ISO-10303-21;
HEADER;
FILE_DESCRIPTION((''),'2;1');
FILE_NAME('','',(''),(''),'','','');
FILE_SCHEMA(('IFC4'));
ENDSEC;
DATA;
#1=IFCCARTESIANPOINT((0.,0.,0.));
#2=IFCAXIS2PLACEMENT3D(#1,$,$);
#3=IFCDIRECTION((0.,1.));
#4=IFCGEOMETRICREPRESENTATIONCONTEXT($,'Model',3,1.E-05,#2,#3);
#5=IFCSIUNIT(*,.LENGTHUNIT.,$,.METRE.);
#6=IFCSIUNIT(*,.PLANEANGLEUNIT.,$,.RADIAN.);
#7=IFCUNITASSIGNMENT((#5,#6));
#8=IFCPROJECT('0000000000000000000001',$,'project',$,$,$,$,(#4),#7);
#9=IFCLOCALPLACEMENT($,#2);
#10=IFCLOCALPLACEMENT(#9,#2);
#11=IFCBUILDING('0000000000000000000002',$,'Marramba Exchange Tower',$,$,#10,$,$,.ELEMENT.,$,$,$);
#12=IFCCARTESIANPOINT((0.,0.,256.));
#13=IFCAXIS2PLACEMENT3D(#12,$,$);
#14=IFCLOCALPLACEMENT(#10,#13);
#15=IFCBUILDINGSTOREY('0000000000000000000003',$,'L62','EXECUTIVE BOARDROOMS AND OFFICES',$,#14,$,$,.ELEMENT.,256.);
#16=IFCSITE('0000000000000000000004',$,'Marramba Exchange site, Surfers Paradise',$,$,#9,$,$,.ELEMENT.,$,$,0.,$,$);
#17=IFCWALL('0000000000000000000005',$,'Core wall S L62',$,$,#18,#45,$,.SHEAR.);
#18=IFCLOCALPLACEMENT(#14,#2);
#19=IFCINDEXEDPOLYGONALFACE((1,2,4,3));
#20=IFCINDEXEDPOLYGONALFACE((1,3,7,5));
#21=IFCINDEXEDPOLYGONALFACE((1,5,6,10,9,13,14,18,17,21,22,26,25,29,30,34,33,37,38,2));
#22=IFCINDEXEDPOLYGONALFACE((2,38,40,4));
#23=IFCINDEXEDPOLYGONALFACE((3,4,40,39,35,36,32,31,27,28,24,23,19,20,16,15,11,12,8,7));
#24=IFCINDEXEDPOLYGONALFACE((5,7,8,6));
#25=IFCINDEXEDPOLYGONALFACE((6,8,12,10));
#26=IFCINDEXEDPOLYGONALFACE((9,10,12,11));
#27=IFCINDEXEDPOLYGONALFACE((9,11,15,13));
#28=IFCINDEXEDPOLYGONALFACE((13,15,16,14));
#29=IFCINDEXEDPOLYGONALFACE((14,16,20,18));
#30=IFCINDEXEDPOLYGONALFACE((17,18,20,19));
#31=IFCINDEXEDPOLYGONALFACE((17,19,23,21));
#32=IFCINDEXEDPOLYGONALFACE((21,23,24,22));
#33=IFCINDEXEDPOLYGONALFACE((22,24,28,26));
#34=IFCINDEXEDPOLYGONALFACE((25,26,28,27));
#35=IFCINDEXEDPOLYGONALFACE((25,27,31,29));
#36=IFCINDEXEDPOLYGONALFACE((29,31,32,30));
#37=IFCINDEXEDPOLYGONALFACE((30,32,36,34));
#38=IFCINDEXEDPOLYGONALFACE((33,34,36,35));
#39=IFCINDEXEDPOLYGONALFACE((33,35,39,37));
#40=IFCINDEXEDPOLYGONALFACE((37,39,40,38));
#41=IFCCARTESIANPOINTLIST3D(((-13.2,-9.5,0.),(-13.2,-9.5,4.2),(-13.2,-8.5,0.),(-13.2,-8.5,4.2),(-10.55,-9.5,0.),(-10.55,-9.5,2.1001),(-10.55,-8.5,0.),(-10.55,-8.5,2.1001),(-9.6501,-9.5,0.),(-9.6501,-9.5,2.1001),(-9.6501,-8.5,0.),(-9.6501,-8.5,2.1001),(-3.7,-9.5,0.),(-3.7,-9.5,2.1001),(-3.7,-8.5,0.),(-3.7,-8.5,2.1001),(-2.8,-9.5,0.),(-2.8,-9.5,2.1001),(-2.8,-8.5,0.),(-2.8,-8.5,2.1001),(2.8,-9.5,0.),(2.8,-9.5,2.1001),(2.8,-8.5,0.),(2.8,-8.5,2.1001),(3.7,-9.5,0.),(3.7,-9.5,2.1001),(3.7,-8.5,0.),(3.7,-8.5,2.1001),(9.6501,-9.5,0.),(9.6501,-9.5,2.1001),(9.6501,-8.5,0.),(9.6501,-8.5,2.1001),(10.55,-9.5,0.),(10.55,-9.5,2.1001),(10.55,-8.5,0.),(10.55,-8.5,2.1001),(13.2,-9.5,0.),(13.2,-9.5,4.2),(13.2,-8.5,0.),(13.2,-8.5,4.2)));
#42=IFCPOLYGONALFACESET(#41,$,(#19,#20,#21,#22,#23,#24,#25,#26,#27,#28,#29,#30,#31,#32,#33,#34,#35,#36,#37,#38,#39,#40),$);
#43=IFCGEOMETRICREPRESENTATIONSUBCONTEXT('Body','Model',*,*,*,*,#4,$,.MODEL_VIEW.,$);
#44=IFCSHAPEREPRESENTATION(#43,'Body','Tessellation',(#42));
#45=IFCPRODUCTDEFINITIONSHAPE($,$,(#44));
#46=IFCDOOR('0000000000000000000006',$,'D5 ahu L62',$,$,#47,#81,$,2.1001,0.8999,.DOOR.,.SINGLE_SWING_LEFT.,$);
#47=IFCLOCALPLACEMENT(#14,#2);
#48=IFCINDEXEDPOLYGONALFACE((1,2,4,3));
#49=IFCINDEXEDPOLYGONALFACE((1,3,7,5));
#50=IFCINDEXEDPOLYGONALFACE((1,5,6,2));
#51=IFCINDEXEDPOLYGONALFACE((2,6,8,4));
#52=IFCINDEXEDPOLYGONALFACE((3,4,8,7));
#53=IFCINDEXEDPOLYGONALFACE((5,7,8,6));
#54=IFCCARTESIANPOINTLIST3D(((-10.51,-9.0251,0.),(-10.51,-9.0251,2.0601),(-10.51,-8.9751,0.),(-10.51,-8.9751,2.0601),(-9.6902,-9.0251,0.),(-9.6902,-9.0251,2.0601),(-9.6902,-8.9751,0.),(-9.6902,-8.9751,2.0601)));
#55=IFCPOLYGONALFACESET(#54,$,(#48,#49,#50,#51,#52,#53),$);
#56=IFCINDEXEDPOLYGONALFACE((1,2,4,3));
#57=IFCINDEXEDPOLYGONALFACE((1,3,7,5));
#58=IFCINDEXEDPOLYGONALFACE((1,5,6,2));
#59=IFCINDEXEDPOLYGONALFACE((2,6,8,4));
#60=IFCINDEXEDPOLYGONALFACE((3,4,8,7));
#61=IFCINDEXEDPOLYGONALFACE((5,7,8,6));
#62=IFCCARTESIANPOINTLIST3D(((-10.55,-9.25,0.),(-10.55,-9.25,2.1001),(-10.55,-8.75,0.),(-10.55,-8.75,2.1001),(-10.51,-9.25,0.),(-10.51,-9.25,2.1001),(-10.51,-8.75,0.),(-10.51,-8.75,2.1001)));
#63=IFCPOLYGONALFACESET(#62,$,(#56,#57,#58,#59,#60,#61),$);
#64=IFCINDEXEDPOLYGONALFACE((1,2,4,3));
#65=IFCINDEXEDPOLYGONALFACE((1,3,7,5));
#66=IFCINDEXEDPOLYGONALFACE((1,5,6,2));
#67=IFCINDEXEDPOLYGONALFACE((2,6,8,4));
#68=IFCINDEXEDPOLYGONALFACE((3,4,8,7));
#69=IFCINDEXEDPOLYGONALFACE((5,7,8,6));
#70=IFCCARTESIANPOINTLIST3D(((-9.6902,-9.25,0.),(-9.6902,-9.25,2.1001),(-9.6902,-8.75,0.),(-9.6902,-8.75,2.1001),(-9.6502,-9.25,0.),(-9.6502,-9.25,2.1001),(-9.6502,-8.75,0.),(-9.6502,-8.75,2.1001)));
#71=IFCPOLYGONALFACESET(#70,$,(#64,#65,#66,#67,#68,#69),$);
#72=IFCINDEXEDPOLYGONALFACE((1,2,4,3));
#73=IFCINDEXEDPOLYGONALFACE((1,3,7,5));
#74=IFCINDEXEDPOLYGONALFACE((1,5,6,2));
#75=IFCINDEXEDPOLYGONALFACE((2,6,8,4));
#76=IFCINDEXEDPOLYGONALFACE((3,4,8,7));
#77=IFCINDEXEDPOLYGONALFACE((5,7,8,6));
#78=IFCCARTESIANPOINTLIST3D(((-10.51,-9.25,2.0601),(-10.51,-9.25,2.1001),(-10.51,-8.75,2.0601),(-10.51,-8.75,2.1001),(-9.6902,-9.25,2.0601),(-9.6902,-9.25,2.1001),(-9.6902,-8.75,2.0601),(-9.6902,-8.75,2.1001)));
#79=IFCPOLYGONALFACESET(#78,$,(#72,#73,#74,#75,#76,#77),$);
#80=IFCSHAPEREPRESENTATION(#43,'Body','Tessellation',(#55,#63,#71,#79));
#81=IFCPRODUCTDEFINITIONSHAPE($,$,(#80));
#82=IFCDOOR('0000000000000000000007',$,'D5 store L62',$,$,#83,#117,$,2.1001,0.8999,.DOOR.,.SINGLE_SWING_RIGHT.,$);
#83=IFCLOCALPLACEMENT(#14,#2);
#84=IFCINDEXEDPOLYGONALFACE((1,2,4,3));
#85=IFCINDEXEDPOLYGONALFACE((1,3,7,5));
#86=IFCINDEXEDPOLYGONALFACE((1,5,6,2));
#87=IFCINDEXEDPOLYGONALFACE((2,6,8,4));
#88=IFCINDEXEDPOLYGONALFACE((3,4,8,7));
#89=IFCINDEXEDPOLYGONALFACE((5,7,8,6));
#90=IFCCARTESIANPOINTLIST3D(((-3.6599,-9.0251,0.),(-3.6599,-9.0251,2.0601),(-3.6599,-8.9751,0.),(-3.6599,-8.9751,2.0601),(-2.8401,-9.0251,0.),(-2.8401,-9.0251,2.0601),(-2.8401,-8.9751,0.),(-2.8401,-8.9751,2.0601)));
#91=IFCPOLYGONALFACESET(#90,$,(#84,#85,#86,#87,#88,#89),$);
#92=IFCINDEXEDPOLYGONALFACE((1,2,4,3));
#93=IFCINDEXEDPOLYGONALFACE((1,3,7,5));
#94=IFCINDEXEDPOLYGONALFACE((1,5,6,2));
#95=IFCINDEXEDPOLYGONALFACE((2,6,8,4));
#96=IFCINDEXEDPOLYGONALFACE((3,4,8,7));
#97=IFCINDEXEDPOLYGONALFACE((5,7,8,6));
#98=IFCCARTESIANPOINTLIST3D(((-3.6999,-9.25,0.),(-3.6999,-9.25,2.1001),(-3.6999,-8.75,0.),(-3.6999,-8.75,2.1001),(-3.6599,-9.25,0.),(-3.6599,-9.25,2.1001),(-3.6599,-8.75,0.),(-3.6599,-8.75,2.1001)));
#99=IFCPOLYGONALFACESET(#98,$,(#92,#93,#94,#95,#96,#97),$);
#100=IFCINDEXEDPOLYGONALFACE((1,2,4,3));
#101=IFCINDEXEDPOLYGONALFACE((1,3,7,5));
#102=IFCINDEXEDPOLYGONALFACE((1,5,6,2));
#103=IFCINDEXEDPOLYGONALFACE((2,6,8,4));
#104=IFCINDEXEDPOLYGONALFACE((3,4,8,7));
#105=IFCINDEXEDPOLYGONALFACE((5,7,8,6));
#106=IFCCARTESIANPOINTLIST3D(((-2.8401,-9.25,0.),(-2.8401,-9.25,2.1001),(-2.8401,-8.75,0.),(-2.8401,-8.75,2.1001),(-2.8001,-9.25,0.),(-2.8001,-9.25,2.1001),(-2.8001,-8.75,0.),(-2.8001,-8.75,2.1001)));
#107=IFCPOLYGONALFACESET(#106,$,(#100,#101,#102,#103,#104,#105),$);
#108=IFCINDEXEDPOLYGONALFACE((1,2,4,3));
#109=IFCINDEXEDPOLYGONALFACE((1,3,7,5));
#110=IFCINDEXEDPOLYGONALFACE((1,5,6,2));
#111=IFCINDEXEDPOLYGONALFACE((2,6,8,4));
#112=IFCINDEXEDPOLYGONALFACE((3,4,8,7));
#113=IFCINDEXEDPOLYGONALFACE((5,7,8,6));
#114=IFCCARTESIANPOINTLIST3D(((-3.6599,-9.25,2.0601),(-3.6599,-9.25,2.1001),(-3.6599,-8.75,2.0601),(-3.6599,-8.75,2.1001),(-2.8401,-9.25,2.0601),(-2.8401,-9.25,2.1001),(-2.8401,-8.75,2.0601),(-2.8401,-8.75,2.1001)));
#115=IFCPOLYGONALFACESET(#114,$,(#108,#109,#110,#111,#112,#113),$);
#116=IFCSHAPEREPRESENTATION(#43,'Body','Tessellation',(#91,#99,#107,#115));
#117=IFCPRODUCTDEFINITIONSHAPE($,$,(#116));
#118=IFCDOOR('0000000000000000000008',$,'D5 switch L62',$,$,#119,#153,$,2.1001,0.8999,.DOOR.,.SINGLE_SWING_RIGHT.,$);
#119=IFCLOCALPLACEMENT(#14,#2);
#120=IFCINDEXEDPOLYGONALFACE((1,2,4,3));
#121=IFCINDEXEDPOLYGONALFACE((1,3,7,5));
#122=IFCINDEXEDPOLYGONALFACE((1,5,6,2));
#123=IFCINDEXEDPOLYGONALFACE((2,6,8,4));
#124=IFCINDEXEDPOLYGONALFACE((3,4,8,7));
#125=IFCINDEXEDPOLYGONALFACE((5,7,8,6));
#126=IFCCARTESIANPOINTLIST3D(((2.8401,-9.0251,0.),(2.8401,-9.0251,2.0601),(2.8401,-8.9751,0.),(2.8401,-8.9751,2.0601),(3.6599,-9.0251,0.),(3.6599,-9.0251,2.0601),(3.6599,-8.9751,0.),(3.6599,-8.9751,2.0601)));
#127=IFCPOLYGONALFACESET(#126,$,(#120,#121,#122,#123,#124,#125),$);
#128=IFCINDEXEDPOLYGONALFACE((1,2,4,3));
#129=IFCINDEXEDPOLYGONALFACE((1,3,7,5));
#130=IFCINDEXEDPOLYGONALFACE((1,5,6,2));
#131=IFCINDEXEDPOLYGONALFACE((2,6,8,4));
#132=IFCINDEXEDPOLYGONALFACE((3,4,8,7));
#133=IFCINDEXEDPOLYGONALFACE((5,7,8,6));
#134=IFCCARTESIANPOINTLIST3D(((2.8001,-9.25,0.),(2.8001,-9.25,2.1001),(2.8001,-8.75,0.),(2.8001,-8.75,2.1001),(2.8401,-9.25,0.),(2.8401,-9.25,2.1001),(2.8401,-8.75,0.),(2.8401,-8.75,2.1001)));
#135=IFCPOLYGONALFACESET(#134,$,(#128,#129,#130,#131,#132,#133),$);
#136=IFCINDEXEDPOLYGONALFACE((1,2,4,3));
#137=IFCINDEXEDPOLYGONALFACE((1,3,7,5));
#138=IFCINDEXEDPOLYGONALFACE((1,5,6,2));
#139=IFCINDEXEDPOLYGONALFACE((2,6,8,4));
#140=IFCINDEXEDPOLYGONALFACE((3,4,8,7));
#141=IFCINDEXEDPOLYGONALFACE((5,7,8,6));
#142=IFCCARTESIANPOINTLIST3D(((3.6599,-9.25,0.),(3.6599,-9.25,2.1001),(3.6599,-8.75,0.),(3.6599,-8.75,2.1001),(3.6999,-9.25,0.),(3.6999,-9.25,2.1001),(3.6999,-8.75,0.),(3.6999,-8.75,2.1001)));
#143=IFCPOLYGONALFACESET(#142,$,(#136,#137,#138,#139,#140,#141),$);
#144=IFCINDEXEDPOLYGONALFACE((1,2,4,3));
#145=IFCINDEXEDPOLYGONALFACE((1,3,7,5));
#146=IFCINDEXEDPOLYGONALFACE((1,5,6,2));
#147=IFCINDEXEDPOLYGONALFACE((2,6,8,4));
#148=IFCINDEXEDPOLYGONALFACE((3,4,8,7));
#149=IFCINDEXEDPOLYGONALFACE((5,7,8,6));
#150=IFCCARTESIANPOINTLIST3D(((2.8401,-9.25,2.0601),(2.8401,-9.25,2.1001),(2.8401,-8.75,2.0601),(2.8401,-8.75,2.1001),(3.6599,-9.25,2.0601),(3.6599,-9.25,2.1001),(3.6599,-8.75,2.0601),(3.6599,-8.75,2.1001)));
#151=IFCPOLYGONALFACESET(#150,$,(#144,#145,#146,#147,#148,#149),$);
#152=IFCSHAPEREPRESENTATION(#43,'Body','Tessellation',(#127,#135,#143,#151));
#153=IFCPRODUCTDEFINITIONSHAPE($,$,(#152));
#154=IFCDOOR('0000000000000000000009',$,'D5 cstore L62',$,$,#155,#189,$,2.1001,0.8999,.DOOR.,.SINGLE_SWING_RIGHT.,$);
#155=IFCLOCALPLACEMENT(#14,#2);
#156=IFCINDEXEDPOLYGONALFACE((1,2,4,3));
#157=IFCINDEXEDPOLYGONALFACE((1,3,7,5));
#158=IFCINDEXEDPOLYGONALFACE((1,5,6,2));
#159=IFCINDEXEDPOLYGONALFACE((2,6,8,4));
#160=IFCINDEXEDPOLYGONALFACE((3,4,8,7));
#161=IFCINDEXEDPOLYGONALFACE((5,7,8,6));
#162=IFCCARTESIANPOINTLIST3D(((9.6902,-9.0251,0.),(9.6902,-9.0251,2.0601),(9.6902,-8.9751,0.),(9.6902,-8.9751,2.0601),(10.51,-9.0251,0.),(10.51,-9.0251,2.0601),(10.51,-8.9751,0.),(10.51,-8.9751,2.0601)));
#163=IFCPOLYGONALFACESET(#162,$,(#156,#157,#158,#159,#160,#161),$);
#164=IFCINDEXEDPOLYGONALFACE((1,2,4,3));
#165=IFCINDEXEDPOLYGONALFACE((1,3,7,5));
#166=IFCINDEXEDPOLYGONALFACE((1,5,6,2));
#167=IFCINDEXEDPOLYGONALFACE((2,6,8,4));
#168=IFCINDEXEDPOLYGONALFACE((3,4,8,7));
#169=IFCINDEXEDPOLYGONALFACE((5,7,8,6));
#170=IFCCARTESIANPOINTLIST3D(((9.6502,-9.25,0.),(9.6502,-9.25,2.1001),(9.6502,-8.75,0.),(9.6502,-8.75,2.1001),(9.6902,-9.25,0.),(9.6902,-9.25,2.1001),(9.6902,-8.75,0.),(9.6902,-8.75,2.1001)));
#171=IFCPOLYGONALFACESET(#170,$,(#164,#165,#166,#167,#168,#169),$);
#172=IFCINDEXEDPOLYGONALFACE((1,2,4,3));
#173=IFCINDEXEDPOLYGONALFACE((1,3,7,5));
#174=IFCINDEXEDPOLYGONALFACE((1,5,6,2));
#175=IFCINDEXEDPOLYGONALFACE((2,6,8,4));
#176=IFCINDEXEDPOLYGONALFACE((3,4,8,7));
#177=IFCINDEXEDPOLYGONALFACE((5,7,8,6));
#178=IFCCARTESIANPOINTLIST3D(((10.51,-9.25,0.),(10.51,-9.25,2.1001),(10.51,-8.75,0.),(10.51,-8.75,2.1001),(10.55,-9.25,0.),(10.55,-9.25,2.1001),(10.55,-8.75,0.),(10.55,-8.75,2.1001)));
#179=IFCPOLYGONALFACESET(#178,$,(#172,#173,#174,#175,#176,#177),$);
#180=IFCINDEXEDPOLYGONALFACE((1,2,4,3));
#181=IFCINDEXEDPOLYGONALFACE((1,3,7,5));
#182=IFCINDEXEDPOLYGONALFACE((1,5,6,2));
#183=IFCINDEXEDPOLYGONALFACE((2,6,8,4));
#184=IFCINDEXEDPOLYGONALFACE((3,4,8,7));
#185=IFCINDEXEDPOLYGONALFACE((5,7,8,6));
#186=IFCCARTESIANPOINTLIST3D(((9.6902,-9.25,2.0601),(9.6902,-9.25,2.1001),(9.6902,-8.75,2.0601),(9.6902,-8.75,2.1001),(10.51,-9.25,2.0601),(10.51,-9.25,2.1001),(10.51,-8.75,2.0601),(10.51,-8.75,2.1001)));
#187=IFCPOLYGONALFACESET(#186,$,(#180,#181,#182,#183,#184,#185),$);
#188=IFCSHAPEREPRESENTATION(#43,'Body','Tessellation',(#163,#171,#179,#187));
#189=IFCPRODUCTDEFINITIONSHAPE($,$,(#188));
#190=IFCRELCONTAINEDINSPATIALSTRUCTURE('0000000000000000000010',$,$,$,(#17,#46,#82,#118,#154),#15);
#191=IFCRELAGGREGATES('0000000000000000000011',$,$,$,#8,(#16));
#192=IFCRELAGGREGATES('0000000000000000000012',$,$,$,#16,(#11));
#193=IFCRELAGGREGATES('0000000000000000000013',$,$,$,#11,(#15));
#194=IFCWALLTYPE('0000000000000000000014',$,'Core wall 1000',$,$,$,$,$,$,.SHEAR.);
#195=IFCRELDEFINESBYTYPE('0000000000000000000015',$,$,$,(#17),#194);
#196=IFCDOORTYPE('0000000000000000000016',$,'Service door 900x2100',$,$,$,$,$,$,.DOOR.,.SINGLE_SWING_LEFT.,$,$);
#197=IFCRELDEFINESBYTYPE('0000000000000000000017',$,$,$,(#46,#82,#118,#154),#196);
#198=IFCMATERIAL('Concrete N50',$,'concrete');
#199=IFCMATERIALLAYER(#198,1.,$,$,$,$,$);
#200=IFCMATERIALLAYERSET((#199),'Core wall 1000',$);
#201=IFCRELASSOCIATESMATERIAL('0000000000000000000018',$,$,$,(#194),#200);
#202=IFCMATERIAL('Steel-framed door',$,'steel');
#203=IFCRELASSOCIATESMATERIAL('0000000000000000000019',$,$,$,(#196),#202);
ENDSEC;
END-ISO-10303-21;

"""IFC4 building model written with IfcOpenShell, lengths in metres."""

from ifc_helpers import new_model, si_unit, direction, frame, frame_2d, origin, place, context, subcontext, project, spatial, rectangle, extrude, material, layer, layer_set, type_object, element, fill, save


model = new_model("IFC4")

# Units and contexts
model_context = context("Model", 3, precision=1e-05, world=origin(), true_north=direction((0.0, 1.0)))
body_context = subcontext(model_context, "Body", "Model", "MODEL_VIEW")
ifc_project = project(units=[si_unit("LENGTHUNIT", "METRE"), si_unit("PLANEANGLEUNIT", "RADIAN")], contexts=[model_context])

# Site, building, storey
site_placement = place(None, origin())
site = spatial("IfcSite", under=ifc_project, at=site_placement, Name="Marramba Exchange site, Surfers Paradise", CompositionType="ELEMENT", RefElevation=0.0)
building_placement = place(site_placement, origin())
building = spatial("IfcBuilding", under=site, at=building_placement, Name="Marramba Exchange Tower", CompositionType="ELEMENT")
storey_placement = place(building_placement, frame((0.0, 0.0, 256.0)))
storey = spatial("IfcBuildingStorey", under=building, at=storey_placement, Name="L62", Description="EXECUTIVE BOARDROOMS AND OFFICES", CompositionType="ELEMENT", Elevation=256.0)

# Shared definitions
ifc_material_1 = material(Name="Concrete N50", Category="concrete")

# Wall, openings, doors
ifc_layer_1 = layer(ifc_material_1, 1.0)
ifc_layer_set_1 = layer_set([ifc_layer_1], Name="Core wall 1000")
wall_type = type_object("IfcWallType", Name="Core wall 1000", PredefinedType="SHEAR", material=ifc_layer_set_1)
wall_placement = place(storey_placement, frame((-13.2, -9.0, 0.0), z_axis=(0.0, 0.0, 1.0), x_axis=(1.0, 0.0, 0.0)))
wall = element("IfcWall", 1, at=wall_placement, inside=storey, type_object=wall_type, Name="Core wall S L62", PredefinedType="SHEAR", context=body_context, shape_type="SweptSolid", body=[
    extrude(rectangle(XDim=26.3999, YDim=1.0, at=frame_2d((13.2, 0.0))), origin(), (0.0, 0.0, 1.0), 4.2),
])
opening_1_placement = place(wall_placement, frame((2.6499, 0.0, 0.0)))
opening_1 = element("IfcOpeningElement", 2, at=opening_1_placement, cuts=wall, PredefinedType="OPENING", context=body_context, shape_type="SweptSolid", body=[
    extrude(rectangle(XDim=0.8999, YDim=2.1001, at=frame_2d((0.45, 1.05))), frame((0.0, 0.51, 0.0), z_axis=(0.0, -1.0, 0.0), x_axis=(1.0, 0.0, 0.0)), (0.0, 0.0, 1.0), 1.02),
])
opening_2_placement = place(wall_placement, frame((9.5, 0.0, 0.0)))
opening_2 = element("IfcOpeningElement", 3, at=opening_2_placement, cuts=wall, PredefinedType="OPENING", context=body_context, shape_type="SweptSolid", body=[
    extrude(rectangle(XDim=0.8999, YDim=2.1001, at=frame_2d((0.45, 1.05))), frame((0.0, 0.51, 0.0), z_axis=(0.0, -1.0, 0.0), x_axis=(1.0, 0.0, 0.0)), (0.0, 0.0, 1.0), 1.02),
])
opening_3_placement = place(wall_placement, frame((16.0, 0.0, 0.0)))
opening_3 = element("IfcOpeningElement", 4, at=opening_3_placement, cuts=wall, PredefinedType="OPENING", context=body_context, shape_type="SweptSolid", body=[
    extrude(rectangle(XDim=0.8999, YDim=2.1001, at=frame_2d((0.45, 1.05))), frame((0.0, 0.51, 0.0), z_axis=(0.0, -1.0, 0.0), x_axis=(1.0, 0.0, 0.0)), (0.0, 0.0, 1.0), 1.02),
])
opening_4_placement = place(wall_placement, frame((22.8501, 0.0, 0.0)))
opening_4 = element("IfcOpeningElement", 5, at=opening_4_placement, cuts=wall, PredefinedType="OPENING", context=body_context, shape_type="SweptSolid", body=[
    extrude(rectangle(XDim=0.8999, YDim=2.1001, at=frame_2d((0.45, 1.05))), frame((0.0, 0.51, 0.0), z_axis=(0.0, -1.0, 0.0), x_axis=(1.0, 0.0, 0.0)), (0.0, 0.0, 1.0), 1.02),
])
ifc_material_2 = material(Name="Steel-framed door", Category="steel")
door_type = type_object("IfcDoorType", Name="Service door 900x2100", OperationType="SINGLE_SWING_LEFT", PredefinedType="DOOR", material=ifc_material_2)
door_1_placement = place(opening_1_placement, origin())
door_1 = element("IfcDoor", 6, at=door_1_placement, inside=storey, type_object=door_type, Name="D5 ahu L62", OperationType="SINGLE_SWING_LEFT", OverallHeight=2.1001, OverallWidth=0.8999, PredefinedType="DOOR", context=body_context, shape_type="SweptSolid", body=[
    extrude(rectangle(XDim=0.8198, YDim=2.0601, at=frame_2d((0.45, 1.03))), frame((0.0, 0.0249, 0.0), z_axis=(0.0, -1.0, 0.0), x_axis=(1.0, 0.0, 0.0)), (0.0, 0.0, 1.0), 0.05),
    extrude(rectangle(XDim=0.04, YDim=2.1001, at=frame_2d((0.02, 1.05))), frame((0.0, 0.25, 0.0), z_axis=(0.0, -1.0, 0.0), x_axis=(1.0, 0.0, 0.0)), (0.0, 0.0, 1.0), 0.5),
    extrude(rectangle(XDim=0.04, YDim=2.1001, at=frame_2d((0.8799, 1.05))), frame((0.0, 0.25, 0.0), z_axis=(0.0, -1.0, 0.0), x_axis=(1.0, 0.0, 0.0)), (0.0, 0.0, 1.0), 0.5),
    extrude(rectangle(XDim=0.8198, YDim=0.04, at=frame_2d((0.45, 2.0801))), frame((0.0, 0.25, 0.0), z_axis=(0.0, -1.0, 0.0), x_axis=(1.0, 0.0, 0.0)), (0.0, 0.0, 1.0), 0.5),
])
fill(opening_1, door_1)
door_2_placement = place(opening_2_placement, origin())
door_2 = element("IfcDoor", 7, at=door_2_placement, inside=storey, type_object=door_type, Name="D5 store L62", OperationType="SINGLE_SWING_RIGHT", OverallHeight=2.1001, OverallWidth=0.8999, PredefinedType="DOOR", context=body_context, shape_type="SweptSolid", body=[
    extrude(rectangle(XDim=0.8198, YDim=2.0601, at=frame_2d((0.45, 1.03))), frame((0.0, 0.0249, 0.0), z_axis=(0.0, -1.0, 0.0), x_axis=(1.0, 0.0, 0.0)), (0.0, 0.0, 1.0), 0.05),
    extrude(rectangle(XDim=0.04, YDim=2.1001, at=frame_2d((0.02, 1.05))), frame((0.0, 0.25, 0.0), z_axis=(0.0, -1.0, 0.0), x_axis=(1.0, 0.0, 0.0)), (0.0, 0.0, 1.0), 0.5),
    extrude(rectangle(XDim=0.04, YDim=2.1001, at=frame_2d((0.8799, 1.05))), frame((0.0, 0.25, 0.0), z_axis=(0.0, -1.0, 0.0), x_axis=(1.0, 0.0, 0.0)), (0.0, 0.0, 1.0), 0.5),
    extrude(rectangle(XDim=0.8198, YDim=0.04, at=frame_2d((0.45, 2.0801))), frame((0.0, 0.25, 0.0), z_axis=(0.0, -1.0, 0.0), x_axis=(1.0, 0.0, 0.0)), (0.0, 0.0, 1.0), 0.5),
])
fill(opening_2, door_2)
door_3_placement = place(opening_3_placement, origin())
door_3 = element("IfcDoor", 8, at=door_3_placement, inside=storey, type_object=door_type, Name="D5 switch L62", OperationType="SINGLE_SWING_RIGHT", OverallHeight=2.1001, OverallWidth=0.8999, PredefinedType="DOOR", context=body_context, shape_type="SweptSolid", body=[
    extrude(rectangle(XDim=0.8198, YDim=2.0601, at=frame_2d((0.45, 1.03))), frame((0.0, 0.0249, 0.0), z_axis=(0.0, -1.0, 0.0), x_axis=(1.0, 0.0, 0.0)), (0.0, 0.0, 1.0), 0.05),
    extrude(rectangle(XDim=0.04, YDim=2.1001, at=frame_2d((0.02, 1.05))), frame((0.0, 0.25, 0.0), z_axis=(0.0, -1.0, 0.0), x_axis=(1.0, 0.0, 0.0)), (0.0, 0.0, 1.0), 0.5),
    extrude(rectangle(XDim=0.04, YDim=2.1001, at=frame_2d((0.8799, 1.05))), frame((0.0, 0.25, 0.0), z_axis=(0.0, -1.0, 0.0), x_axis=(1.0, 0.0, 0.0)), (0.0, 0.0, 1.0), 0.5),
    extrude(rectangle(XDim=0.8198, YDim=0.04, at=frame_2d((0.45, 2.0801))), frame((0.0, 0.25, 0.0), z_axis=(0.0, -1.0, 0.0), x_axis=(1.0, 0.0, 0.0)), (0.0, 0.0, 1.0), 0.5),
])
fill(opening_3, door_3)
door_4_placement = place(opening_4_placement, origin())
door_4 = element("IfcDoor", 9, at=door_4_placement, inside=storey, type_object=door_type, Name="D5 cstore L62", OperationType="SINGLE_SWING_RIGHT", OverallHeight=2.1001, OverallWidth=0.8999, PredefinedType="DOOR", context=body_context, shape_type="SweptSolid", body=[
    extrude(rectangle(XDim=0.8198, YDim=2.0601, at=frame_2d((0.45, 1.03))), frame((0.0, 0.0249, 0.0), z_axis=(0.0, -1.0, 0.0), x_axis=(1.0, 0.0, 0.0)), (0.0, 0.0, 1.0), 0.05),
    extrude(rectangle(XDim=0.04, YDim=2.1001, at=frame_2d((0.02, 1.05))), frame((0.0, 0.25, 0.0), z_axis=(0.0, -1.0, 0.0), x_axis=(1.0, 0.0, 0.0)), (0.0, 0.0, 1.0), 0.5),
    extrude(rectangle(XDim=0.04, YDim=2.1001, at=frame_2d((0.8799, 1.05))), frame((0.0, 0.25, 0.0), z_axis=(0.0, -1.0, 0.0), x_axis=(1.0, 0.0, 0.0)), (0.0, 0.0, 1.0), 0.5),
    extrude(rectangle(XDim=0.8198, YDim=0.04, at=frame_2d((0.45, 2.0801))), frame((0.0, 0.25, 0.0), z_axis=(0.0, -1.0, 0.0), x_axis=(1.0, 0.0, 0.0)), (0.0, 0.0, 1.0), 0.5),
])
fill(opening_4, door_4)

save(model, "model.ifc")
